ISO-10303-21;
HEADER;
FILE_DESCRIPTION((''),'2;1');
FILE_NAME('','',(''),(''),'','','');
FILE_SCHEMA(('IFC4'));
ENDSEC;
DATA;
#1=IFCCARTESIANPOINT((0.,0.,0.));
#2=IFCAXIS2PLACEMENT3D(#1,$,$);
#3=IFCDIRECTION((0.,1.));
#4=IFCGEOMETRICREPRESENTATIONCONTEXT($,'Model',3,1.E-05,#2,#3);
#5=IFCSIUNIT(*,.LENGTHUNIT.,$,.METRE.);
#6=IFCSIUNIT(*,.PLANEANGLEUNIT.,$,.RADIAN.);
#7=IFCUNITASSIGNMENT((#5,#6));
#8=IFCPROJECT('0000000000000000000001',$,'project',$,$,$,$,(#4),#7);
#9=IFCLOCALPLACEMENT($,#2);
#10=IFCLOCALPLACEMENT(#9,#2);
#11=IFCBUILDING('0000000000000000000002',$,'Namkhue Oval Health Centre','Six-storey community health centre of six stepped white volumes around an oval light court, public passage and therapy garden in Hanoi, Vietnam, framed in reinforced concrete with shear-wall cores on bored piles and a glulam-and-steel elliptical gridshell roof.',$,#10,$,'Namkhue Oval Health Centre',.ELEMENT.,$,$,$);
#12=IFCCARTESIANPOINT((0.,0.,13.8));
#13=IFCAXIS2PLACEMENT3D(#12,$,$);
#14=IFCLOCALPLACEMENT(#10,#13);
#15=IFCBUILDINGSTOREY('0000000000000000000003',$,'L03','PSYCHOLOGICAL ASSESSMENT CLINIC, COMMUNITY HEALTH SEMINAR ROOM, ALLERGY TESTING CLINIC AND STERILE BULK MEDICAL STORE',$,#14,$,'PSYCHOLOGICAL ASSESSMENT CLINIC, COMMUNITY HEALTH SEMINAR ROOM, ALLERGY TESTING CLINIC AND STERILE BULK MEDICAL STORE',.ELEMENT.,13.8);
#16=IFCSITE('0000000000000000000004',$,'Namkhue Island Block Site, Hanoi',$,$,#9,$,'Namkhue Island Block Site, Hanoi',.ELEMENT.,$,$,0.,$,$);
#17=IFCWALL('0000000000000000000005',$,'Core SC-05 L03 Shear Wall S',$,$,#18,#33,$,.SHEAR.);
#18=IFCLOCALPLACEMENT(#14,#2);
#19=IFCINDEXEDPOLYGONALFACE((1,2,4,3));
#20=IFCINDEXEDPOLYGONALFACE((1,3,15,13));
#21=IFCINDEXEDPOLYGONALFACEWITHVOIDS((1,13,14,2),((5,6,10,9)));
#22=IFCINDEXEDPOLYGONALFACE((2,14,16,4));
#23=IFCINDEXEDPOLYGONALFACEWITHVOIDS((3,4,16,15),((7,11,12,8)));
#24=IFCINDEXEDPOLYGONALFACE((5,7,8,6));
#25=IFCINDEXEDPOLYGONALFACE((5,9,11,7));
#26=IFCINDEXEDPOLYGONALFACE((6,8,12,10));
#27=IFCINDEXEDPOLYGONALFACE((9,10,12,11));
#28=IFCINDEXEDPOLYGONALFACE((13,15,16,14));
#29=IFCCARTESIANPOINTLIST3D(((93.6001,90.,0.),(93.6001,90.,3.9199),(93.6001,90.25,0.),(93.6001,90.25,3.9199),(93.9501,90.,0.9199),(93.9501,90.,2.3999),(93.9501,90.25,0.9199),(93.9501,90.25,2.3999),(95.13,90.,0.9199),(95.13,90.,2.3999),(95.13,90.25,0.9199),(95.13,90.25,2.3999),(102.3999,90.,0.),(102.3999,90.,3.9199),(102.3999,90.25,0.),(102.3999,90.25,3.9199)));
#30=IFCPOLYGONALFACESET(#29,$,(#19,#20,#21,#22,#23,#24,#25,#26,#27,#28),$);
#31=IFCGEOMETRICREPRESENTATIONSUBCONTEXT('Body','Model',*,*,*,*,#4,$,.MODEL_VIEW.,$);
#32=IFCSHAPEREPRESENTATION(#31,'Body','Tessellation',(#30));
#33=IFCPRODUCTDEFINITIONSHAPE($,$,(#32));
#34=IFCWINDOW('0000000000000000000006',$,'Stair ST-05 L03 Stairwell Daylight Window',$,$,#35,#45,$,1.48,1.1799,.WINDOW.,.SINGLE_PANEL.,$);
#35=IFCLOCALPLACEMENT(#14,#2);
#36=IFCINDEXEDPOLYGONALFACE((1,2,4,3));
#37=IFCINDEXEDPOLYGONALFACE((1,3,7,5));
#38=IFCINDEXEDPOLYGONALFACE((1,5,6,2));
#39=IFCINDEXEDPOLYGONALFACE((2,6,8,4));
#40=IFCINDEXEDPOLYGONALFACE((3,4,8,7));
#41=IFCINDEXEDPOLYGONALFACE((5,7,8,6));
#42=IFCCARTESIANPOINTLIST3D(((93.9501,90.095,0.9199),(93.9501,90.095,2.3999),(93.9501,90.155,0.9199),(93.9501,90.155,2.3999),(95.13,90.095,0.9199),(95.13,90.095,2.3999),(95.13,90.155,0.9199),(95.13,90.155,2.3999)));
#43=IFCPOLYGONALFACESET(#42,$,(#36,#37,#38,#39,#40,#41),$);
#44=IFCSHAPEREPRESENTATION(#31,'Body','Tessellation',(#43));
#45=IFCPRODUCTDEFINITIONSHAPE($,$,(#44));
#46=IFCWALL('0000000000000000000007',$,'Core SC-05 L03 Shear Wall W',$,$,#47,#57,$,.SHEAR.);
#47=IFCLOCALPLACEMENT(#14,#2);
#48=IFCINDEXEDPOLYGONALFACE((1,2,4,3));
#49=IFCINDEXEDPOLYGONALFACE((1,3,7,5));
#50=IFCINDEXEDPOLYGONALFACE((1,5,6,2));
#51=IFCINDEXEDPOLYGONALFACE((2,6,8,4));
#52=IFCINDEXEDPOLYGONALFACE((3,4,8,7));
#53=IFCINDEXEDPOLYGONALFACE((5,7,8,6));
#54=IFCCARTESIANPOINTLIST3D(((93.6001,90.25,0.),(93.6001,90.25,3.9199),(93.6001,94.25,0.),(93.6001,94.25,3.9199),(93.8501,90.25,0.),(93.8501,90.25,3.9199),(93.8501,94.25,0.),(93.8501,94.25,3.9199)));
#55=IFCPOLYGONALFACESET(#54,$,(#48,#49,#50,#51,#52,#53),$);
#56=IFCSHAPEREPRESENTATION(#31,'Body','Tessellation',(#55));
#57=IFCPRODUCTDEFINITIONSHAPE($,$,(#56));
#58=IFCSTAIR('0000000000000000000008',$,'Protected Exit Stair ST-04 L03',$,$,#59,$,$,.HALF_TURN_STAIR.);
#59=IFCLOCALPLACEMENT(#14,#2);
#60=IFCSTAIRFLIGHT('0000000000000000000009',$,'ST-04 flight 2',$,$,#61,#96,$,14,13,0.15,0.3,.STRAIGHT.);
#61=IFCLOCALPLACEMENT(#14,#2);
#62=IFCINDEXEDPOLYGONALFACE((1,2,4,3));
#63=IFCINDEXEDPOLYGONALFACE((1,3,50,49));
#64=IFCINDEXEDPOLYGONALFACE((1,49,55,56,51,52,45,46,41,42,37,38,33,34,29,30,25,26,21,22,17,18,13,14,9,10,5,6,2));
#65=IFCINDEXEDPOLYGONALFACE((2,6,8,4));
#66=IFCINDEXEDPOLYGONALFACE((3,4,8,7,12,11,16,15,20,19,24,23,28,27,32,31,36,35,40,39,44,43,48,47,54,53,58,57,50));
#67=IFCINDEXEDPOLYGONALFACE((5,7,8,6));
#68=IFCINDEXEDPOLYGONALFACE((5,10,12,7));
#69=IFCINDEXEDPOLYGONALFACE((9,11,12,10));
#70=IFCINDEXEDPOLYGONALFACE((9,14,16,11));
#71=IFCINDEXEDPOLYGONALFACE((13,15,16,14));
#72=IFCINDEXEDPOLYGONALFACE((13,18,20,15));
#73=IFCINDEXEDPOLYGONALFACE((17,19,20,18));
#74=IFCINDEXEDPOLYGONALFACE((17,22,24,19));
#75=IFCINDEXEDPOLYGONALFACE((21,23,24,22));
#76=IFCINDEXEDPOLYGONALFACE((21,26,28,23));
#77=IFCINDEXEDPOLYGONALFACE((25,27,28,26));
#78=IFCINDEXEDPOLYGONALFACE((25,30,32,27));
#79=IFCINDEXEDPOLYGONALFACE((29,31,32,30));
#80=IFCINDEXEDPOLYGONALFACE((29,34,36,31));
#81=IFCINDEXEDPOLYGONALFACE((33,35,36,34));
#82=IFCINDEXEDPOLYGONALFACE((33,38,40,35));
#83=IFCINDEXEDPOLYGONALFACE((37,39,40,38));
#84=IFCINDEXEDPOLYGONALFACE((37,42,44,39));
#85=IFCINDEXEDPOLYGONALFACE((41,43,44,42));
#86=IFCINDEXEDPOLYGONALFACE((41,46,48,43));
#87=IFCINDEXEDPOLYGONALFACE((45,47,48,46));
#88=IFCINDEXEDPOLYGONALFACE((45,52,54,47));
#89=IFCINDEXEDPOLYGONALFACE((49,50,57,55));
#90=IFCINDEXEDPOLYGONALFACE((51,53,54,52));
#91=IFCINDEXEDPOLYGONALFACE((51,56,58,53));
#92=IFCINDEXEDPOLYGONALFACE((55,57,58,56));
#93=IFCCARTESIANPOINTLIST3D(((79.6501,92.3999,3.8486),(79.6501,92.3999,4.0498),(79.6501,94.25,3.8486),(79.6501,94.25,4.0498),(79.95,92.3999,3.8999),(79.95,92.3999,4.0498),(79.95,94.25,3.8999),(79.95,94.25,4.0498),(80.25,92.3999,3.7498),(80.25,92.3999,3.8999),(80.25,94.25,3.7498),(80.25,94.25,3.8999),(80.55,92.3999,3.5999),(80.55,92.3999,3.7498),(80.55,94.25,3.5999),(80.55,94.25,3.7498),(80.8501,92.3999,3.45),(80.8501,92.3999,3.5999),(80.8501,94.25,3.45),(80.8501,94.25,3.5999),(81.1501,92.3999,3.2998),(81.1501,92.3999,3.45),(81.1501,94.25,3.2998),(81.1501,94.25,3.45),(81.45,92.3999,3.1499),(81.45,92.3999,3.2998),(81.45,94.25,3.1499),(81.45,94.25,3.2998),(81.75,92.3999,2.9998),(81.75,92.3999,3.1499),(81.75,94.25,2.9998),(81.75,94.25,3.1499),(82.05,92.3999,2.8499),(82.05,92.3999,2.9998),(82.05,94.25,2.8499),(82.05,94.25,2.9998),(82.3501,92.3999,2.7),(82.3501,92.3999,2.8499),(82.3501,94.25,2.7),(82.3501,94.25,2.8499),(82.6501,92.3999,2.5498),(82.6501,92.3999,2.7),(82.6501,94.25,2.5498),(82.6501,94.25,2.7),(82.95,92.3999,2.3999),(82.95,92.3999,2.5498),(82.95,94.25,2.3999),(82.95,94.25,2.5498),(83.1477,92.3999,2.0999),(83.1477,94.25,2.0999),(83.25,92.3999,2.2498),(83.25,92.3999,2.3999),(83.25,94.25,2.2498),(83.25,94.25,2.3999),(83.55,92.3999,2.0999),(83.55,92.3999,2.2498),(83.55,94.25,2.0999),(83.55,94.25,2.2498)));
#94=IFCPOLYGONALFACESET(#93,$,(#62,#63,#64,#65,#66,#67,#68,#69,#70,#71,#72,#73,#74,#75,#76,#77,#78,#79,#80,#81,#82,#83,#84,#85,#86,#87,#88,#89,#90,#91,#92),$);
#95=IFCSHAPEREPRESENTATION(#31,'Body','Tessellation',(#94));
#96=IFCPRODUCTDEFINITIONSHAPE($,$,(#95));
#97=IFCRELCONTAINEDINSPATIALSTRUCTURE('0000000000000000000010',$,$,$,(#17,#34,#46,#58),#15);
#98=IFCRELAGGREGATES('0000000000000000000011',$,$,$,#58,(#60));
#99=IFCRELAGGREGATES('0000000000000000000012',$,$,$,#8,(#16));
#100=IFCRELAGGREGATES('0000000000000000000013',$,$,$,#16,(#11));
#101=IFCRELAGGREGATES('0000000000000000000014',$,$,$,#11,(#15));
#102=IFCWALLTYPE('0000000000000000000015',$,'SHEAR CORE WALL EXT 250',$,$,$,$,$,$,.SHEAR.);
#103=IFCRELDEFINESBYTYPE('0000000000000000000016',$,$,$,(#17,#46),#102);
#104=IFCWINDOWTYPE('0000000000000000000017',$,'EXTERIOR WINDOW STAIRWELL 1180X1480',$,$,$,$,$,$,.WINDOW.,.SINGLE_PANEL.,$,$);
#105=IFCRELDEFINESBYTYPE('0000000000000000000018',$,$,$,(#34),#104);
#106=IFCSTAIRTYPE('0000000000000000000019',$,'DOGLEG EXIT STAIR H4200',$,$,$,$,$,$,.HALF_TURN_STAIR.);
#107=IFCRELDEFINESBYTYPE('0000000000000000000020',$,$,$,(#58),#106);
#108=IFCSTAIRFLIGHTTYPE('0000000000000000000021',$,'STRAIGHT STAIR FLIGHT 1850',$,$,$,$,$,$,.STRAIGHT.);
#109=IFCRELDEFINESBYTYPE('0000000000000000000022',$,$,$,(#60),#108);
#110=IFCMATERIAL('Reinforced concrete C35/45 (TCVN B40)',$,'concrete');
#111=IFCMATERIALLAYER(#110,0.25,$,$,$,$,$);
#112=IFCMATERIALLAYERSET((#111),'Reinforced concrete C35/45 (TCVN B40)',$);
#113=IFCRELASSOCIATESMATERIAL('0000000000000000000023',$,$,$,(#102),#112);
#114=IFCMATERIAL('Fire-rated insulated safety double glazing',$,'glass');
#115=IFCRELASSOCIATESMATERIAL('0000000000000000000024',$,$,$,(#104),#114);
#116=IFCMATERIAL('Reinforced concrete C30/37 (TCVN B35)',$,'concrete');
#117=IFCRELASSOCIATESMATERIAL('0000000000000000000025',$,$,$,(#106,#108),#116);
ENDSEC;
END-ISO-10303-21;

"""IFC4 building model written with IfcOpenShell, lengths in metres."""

from ifc_helpers import new_model, si_unit, direction, frame, frame_2d, origin, place, context, subcontext, project, spatial, polyline, rectangle, outline, extrude, material, layer, layer_set, type_object, element, fill, aggregate, save


model = new_model("IFC4")

# Units and contexts
model_context = context("Model", 3, precision=1e-05, world=origin(), true_north=direction((0.0, 1.0)))
body_context = subcontext(model_context, "Body", "Model", "MODEL_VIEW")
ifc_project = project(units=[si_unit("LENGTHUNIT", "METRE"), si_unit("PLANEANGLEUNIT", "RADIAN")], contexts=[model_context])

# Site, building, storey
site_placement = place(None, origin())
site = spatial("IfcSite", under=ifc_project, at=site_placement, Name="Namkhue Island Block Site, Hanoi", LongName="Namkhue Island Block Site, Hanoi", CompositionType="ELEMENT", RefElevation=0.0)
building_placement = place(site_placement, origin())
building = spatial("IfcBuilding", under=site, at=building_placement, Name="Namkhue Oval Health Centre", Description="Six-storey community health centre of six stepped white volumes around an oval light court, public passage and therapy garden in Hanoi, Vietnam, framed in reinforced concrete with shear-wall cores on bored piles and a glulam-and-steel elliptical gridshell roof.", LongName="Namkhue Oval Health Centre", CompositionType="ELEMENT")
storey_placement = place(building_placement, frame((0.0, 0.0, 13.8)))
storey = spatial("IfcBuildingStorey", under=building, at=storey_placement, Name="L03", Description="PSYCHOLOGICAL ASSESSMENT CLINIC, COMMUNITY HEALTH SEMINAR ROOM, ALLERGY TESTING CLINIC AND STERILE BULK MEDICAL STORE", LongName="PSYCHOLOGICAL ASSESSMENT CLINIC, COMMUNITY HEALTH SEMINAR ROOM, ALLERGY TESTING CLINIC AND STERILE BULK MEDICAL STORE", CompositionType="ELEMENT", Elevation=13.8)

# Shared definitions
ifc_material_1 = material(Name="Reinforced concrete C35/45 (TCVN B40)", Category="concrete")
ifc_layer_1 = layer(ifc_material_1, 0.25)
ifc_layer_set_1 = layer_set([ifc_layer_1], Name="Reinforced concrete C35/45 (TCVN B40)")
wall_type_1 = type_object("IfcWallType", Name="SHEAR CORE WALL EXT 250", PredefinedType="SHEAR", material=ifc_layer_set_1)

# Wall, opening, window
wall_1_placement = place(storey_placement, frame((93.6001, 90.125, 0.0), z_axis=(0.0, 0.0, 1.0), x_axis=(1.0, 0.0, 0.0)))
wall_1 = element("IfcWall", 1, at=wall_1_placement, inside=storey, type_object=wall_type_1, Name="Core SC-05 L03 Shear Wall S", PredefinedType="SHEAR", context=body_context, shape_type="SweptSolid", body=[
    extrude(rectangle(XDim=8.7998, YDim=0.25, at=frame_2d((4.3999, 0.0))), origin(), (0.0, 0.0, 1.0), 3.9199),
])
opening_1_placement = place(wall_1_placement, frame((0.3501, 0.0, 0.9199)))
opening_1 = element("IfcOpeningElement", 2, at=opening_1_placement, cuts=wall_1, PredefinedType="OPENING", context=body_context, shape_type="SweptSolid", body=[
    extrude(rectangle(XDim=1.1799, YDim=1.48, at=frame_2d((0.5898, 0.74))), frame((0.0, 0.135, 0.0), z_axis=(0.0, -1.0, 0.0), x_axis=(1.0, 0.0, 0.0)), (0.0, 0.0, 1.0), 0.27),
])
ifc_material_2 = material(Name="Fire-rated insulated safety double glazing", Category="glass")
window_type = type_object("IfcWindowType", Name="EXTERIOR WINDOW STAIRWELL 1180X1480", PartitioningType="SINGLE_PANEL", PredefinedType="WINDOW", material=ifc_material_2)
window_placement = place(opening_1_placement, origin())
window = element("IfcWindow", 3, at=window_placement, inside=storey, type_object=window_type, Name="Stair ST-05 L03 Stairwell Daylight Window", OverallHeight=1.48, OverallWidth=1.1799, PartitioningType="SINGLE_PANEL", PredefinedType="WINDOW", context=body_context, shape_type="SweptSolid", body=[
    extrude(rectangle(XDim=1.1799, YDim=1.48, at=frame_2d((0.5898, 0.74))), frame((0.0, 0.03, 0.0), z_axis=(0.0, -1.0, 0.0), x_axis=(1.0, 0.0, 0.0)), (0.0, 0.0, 1.0), 0.0601),
])
fill(opening_1, window)

# Wall
wall_2_placement = place(storey_placement, frame((93.7251, 94.25, 0.0), z_axis=(0.0, 0.0, 1.0), x_axis=(0.0, -1.0, 0.0)))
element("IfcWall", 4, at=wall_2_placement, inside=storey, type_object=wall_type_1, Name="Core SC-05 L03 Shear Wall W", PredefinedType="SHEAR", context=body_context, shape_type="SweptSolid", body=[
    extrude(rectangle(XDim=4.0, YDim=0.25, at=frame_2d((2.0, 0.0))), origin(), (0.0, 0.0, 1.0), 3.9199),
])

# Stair, stair flight
ifc_material_3 = material(Name="Reinforced concrete C30/37 (TCVN B35)", Category="concrete")
stair_type = type_object("IfcStairType", Name="DOGLEG EXIT STAIR H4200", PredefinedType="HALF_TURN_STAIR", material=ifc_material_3)
stair_placement = place(storey_placement, origin())
stair = element("IfcStair", 5, at=stair_placement, inside=storey, type_object=stair_type, Name="Protected Exit Stair ST-04 L03", PredefinedType="HALF_TURN_STAIR")
stair_flight_type = type_object("IfcStairFlightType", Name="STRAIGHT STAIR FLIGHT 1850", PredefinedType="STRAIGHT", material=ifc_material_3)
stair_flight_placement = place(storey_placement, frame((83.55, 93.325, 2.0999), z_axis=(0.0, 0.0, 1.0), x_axis=(-1.0, 0.0, 0.0)))
stair_flight = element("IfcStairFlight", 6, at=stair_flight_placement, type_object=stair_flight_type, Name="ST-04 flight 2", NumberOfRisers=14, NumberOfTreads=13, PredefinedType="STRAIGHT", RiserHeight=0.15, TreadLength=0.3, context=body_context, shape_type="SweptSolid", body=[
    extrude(outline(polyline([(0.0, 0.0), (0.0, 0.1499), (0.3, 0.1499), (0.3, 0.3), (0.6001, 0.3), (0.6001, 0.45), (0.8999, 0.45), (0.8999, 0.6001), (1.2, 0.6001), (1.2, 0.75), (1.5, 0.75), (1.5, 0.8999), (1.8, 0.8999), (1.8, 1.05), (2.1001, 1.05), (2.1001, 1.2), (2.3999, 1.2), (2.3999, 1.3501), (2.7, 1.3501), (2.7, 1.5), (3.0, 1.5), (3.0, 1.6499), (3.3, 1.6499), (3.3, 1.8), (3.6001, 1.8), (3.6001, 1.95), (3.8999, 1.95), (3.8999, 2.1001), (3.8999, 1.7488), (0.4023, 0.0), (0.0, 0.0)])), frame((0.0, 0.925, 0.0), z_axis=(0.0, -1.0, 0.0), x_axis=(1.0, 0.0, 0.0)), (0.0, 0.0, 1.0), 1.8501),
])
aggregate(stair, [stair_flight])

save(model, "model.ifc")
